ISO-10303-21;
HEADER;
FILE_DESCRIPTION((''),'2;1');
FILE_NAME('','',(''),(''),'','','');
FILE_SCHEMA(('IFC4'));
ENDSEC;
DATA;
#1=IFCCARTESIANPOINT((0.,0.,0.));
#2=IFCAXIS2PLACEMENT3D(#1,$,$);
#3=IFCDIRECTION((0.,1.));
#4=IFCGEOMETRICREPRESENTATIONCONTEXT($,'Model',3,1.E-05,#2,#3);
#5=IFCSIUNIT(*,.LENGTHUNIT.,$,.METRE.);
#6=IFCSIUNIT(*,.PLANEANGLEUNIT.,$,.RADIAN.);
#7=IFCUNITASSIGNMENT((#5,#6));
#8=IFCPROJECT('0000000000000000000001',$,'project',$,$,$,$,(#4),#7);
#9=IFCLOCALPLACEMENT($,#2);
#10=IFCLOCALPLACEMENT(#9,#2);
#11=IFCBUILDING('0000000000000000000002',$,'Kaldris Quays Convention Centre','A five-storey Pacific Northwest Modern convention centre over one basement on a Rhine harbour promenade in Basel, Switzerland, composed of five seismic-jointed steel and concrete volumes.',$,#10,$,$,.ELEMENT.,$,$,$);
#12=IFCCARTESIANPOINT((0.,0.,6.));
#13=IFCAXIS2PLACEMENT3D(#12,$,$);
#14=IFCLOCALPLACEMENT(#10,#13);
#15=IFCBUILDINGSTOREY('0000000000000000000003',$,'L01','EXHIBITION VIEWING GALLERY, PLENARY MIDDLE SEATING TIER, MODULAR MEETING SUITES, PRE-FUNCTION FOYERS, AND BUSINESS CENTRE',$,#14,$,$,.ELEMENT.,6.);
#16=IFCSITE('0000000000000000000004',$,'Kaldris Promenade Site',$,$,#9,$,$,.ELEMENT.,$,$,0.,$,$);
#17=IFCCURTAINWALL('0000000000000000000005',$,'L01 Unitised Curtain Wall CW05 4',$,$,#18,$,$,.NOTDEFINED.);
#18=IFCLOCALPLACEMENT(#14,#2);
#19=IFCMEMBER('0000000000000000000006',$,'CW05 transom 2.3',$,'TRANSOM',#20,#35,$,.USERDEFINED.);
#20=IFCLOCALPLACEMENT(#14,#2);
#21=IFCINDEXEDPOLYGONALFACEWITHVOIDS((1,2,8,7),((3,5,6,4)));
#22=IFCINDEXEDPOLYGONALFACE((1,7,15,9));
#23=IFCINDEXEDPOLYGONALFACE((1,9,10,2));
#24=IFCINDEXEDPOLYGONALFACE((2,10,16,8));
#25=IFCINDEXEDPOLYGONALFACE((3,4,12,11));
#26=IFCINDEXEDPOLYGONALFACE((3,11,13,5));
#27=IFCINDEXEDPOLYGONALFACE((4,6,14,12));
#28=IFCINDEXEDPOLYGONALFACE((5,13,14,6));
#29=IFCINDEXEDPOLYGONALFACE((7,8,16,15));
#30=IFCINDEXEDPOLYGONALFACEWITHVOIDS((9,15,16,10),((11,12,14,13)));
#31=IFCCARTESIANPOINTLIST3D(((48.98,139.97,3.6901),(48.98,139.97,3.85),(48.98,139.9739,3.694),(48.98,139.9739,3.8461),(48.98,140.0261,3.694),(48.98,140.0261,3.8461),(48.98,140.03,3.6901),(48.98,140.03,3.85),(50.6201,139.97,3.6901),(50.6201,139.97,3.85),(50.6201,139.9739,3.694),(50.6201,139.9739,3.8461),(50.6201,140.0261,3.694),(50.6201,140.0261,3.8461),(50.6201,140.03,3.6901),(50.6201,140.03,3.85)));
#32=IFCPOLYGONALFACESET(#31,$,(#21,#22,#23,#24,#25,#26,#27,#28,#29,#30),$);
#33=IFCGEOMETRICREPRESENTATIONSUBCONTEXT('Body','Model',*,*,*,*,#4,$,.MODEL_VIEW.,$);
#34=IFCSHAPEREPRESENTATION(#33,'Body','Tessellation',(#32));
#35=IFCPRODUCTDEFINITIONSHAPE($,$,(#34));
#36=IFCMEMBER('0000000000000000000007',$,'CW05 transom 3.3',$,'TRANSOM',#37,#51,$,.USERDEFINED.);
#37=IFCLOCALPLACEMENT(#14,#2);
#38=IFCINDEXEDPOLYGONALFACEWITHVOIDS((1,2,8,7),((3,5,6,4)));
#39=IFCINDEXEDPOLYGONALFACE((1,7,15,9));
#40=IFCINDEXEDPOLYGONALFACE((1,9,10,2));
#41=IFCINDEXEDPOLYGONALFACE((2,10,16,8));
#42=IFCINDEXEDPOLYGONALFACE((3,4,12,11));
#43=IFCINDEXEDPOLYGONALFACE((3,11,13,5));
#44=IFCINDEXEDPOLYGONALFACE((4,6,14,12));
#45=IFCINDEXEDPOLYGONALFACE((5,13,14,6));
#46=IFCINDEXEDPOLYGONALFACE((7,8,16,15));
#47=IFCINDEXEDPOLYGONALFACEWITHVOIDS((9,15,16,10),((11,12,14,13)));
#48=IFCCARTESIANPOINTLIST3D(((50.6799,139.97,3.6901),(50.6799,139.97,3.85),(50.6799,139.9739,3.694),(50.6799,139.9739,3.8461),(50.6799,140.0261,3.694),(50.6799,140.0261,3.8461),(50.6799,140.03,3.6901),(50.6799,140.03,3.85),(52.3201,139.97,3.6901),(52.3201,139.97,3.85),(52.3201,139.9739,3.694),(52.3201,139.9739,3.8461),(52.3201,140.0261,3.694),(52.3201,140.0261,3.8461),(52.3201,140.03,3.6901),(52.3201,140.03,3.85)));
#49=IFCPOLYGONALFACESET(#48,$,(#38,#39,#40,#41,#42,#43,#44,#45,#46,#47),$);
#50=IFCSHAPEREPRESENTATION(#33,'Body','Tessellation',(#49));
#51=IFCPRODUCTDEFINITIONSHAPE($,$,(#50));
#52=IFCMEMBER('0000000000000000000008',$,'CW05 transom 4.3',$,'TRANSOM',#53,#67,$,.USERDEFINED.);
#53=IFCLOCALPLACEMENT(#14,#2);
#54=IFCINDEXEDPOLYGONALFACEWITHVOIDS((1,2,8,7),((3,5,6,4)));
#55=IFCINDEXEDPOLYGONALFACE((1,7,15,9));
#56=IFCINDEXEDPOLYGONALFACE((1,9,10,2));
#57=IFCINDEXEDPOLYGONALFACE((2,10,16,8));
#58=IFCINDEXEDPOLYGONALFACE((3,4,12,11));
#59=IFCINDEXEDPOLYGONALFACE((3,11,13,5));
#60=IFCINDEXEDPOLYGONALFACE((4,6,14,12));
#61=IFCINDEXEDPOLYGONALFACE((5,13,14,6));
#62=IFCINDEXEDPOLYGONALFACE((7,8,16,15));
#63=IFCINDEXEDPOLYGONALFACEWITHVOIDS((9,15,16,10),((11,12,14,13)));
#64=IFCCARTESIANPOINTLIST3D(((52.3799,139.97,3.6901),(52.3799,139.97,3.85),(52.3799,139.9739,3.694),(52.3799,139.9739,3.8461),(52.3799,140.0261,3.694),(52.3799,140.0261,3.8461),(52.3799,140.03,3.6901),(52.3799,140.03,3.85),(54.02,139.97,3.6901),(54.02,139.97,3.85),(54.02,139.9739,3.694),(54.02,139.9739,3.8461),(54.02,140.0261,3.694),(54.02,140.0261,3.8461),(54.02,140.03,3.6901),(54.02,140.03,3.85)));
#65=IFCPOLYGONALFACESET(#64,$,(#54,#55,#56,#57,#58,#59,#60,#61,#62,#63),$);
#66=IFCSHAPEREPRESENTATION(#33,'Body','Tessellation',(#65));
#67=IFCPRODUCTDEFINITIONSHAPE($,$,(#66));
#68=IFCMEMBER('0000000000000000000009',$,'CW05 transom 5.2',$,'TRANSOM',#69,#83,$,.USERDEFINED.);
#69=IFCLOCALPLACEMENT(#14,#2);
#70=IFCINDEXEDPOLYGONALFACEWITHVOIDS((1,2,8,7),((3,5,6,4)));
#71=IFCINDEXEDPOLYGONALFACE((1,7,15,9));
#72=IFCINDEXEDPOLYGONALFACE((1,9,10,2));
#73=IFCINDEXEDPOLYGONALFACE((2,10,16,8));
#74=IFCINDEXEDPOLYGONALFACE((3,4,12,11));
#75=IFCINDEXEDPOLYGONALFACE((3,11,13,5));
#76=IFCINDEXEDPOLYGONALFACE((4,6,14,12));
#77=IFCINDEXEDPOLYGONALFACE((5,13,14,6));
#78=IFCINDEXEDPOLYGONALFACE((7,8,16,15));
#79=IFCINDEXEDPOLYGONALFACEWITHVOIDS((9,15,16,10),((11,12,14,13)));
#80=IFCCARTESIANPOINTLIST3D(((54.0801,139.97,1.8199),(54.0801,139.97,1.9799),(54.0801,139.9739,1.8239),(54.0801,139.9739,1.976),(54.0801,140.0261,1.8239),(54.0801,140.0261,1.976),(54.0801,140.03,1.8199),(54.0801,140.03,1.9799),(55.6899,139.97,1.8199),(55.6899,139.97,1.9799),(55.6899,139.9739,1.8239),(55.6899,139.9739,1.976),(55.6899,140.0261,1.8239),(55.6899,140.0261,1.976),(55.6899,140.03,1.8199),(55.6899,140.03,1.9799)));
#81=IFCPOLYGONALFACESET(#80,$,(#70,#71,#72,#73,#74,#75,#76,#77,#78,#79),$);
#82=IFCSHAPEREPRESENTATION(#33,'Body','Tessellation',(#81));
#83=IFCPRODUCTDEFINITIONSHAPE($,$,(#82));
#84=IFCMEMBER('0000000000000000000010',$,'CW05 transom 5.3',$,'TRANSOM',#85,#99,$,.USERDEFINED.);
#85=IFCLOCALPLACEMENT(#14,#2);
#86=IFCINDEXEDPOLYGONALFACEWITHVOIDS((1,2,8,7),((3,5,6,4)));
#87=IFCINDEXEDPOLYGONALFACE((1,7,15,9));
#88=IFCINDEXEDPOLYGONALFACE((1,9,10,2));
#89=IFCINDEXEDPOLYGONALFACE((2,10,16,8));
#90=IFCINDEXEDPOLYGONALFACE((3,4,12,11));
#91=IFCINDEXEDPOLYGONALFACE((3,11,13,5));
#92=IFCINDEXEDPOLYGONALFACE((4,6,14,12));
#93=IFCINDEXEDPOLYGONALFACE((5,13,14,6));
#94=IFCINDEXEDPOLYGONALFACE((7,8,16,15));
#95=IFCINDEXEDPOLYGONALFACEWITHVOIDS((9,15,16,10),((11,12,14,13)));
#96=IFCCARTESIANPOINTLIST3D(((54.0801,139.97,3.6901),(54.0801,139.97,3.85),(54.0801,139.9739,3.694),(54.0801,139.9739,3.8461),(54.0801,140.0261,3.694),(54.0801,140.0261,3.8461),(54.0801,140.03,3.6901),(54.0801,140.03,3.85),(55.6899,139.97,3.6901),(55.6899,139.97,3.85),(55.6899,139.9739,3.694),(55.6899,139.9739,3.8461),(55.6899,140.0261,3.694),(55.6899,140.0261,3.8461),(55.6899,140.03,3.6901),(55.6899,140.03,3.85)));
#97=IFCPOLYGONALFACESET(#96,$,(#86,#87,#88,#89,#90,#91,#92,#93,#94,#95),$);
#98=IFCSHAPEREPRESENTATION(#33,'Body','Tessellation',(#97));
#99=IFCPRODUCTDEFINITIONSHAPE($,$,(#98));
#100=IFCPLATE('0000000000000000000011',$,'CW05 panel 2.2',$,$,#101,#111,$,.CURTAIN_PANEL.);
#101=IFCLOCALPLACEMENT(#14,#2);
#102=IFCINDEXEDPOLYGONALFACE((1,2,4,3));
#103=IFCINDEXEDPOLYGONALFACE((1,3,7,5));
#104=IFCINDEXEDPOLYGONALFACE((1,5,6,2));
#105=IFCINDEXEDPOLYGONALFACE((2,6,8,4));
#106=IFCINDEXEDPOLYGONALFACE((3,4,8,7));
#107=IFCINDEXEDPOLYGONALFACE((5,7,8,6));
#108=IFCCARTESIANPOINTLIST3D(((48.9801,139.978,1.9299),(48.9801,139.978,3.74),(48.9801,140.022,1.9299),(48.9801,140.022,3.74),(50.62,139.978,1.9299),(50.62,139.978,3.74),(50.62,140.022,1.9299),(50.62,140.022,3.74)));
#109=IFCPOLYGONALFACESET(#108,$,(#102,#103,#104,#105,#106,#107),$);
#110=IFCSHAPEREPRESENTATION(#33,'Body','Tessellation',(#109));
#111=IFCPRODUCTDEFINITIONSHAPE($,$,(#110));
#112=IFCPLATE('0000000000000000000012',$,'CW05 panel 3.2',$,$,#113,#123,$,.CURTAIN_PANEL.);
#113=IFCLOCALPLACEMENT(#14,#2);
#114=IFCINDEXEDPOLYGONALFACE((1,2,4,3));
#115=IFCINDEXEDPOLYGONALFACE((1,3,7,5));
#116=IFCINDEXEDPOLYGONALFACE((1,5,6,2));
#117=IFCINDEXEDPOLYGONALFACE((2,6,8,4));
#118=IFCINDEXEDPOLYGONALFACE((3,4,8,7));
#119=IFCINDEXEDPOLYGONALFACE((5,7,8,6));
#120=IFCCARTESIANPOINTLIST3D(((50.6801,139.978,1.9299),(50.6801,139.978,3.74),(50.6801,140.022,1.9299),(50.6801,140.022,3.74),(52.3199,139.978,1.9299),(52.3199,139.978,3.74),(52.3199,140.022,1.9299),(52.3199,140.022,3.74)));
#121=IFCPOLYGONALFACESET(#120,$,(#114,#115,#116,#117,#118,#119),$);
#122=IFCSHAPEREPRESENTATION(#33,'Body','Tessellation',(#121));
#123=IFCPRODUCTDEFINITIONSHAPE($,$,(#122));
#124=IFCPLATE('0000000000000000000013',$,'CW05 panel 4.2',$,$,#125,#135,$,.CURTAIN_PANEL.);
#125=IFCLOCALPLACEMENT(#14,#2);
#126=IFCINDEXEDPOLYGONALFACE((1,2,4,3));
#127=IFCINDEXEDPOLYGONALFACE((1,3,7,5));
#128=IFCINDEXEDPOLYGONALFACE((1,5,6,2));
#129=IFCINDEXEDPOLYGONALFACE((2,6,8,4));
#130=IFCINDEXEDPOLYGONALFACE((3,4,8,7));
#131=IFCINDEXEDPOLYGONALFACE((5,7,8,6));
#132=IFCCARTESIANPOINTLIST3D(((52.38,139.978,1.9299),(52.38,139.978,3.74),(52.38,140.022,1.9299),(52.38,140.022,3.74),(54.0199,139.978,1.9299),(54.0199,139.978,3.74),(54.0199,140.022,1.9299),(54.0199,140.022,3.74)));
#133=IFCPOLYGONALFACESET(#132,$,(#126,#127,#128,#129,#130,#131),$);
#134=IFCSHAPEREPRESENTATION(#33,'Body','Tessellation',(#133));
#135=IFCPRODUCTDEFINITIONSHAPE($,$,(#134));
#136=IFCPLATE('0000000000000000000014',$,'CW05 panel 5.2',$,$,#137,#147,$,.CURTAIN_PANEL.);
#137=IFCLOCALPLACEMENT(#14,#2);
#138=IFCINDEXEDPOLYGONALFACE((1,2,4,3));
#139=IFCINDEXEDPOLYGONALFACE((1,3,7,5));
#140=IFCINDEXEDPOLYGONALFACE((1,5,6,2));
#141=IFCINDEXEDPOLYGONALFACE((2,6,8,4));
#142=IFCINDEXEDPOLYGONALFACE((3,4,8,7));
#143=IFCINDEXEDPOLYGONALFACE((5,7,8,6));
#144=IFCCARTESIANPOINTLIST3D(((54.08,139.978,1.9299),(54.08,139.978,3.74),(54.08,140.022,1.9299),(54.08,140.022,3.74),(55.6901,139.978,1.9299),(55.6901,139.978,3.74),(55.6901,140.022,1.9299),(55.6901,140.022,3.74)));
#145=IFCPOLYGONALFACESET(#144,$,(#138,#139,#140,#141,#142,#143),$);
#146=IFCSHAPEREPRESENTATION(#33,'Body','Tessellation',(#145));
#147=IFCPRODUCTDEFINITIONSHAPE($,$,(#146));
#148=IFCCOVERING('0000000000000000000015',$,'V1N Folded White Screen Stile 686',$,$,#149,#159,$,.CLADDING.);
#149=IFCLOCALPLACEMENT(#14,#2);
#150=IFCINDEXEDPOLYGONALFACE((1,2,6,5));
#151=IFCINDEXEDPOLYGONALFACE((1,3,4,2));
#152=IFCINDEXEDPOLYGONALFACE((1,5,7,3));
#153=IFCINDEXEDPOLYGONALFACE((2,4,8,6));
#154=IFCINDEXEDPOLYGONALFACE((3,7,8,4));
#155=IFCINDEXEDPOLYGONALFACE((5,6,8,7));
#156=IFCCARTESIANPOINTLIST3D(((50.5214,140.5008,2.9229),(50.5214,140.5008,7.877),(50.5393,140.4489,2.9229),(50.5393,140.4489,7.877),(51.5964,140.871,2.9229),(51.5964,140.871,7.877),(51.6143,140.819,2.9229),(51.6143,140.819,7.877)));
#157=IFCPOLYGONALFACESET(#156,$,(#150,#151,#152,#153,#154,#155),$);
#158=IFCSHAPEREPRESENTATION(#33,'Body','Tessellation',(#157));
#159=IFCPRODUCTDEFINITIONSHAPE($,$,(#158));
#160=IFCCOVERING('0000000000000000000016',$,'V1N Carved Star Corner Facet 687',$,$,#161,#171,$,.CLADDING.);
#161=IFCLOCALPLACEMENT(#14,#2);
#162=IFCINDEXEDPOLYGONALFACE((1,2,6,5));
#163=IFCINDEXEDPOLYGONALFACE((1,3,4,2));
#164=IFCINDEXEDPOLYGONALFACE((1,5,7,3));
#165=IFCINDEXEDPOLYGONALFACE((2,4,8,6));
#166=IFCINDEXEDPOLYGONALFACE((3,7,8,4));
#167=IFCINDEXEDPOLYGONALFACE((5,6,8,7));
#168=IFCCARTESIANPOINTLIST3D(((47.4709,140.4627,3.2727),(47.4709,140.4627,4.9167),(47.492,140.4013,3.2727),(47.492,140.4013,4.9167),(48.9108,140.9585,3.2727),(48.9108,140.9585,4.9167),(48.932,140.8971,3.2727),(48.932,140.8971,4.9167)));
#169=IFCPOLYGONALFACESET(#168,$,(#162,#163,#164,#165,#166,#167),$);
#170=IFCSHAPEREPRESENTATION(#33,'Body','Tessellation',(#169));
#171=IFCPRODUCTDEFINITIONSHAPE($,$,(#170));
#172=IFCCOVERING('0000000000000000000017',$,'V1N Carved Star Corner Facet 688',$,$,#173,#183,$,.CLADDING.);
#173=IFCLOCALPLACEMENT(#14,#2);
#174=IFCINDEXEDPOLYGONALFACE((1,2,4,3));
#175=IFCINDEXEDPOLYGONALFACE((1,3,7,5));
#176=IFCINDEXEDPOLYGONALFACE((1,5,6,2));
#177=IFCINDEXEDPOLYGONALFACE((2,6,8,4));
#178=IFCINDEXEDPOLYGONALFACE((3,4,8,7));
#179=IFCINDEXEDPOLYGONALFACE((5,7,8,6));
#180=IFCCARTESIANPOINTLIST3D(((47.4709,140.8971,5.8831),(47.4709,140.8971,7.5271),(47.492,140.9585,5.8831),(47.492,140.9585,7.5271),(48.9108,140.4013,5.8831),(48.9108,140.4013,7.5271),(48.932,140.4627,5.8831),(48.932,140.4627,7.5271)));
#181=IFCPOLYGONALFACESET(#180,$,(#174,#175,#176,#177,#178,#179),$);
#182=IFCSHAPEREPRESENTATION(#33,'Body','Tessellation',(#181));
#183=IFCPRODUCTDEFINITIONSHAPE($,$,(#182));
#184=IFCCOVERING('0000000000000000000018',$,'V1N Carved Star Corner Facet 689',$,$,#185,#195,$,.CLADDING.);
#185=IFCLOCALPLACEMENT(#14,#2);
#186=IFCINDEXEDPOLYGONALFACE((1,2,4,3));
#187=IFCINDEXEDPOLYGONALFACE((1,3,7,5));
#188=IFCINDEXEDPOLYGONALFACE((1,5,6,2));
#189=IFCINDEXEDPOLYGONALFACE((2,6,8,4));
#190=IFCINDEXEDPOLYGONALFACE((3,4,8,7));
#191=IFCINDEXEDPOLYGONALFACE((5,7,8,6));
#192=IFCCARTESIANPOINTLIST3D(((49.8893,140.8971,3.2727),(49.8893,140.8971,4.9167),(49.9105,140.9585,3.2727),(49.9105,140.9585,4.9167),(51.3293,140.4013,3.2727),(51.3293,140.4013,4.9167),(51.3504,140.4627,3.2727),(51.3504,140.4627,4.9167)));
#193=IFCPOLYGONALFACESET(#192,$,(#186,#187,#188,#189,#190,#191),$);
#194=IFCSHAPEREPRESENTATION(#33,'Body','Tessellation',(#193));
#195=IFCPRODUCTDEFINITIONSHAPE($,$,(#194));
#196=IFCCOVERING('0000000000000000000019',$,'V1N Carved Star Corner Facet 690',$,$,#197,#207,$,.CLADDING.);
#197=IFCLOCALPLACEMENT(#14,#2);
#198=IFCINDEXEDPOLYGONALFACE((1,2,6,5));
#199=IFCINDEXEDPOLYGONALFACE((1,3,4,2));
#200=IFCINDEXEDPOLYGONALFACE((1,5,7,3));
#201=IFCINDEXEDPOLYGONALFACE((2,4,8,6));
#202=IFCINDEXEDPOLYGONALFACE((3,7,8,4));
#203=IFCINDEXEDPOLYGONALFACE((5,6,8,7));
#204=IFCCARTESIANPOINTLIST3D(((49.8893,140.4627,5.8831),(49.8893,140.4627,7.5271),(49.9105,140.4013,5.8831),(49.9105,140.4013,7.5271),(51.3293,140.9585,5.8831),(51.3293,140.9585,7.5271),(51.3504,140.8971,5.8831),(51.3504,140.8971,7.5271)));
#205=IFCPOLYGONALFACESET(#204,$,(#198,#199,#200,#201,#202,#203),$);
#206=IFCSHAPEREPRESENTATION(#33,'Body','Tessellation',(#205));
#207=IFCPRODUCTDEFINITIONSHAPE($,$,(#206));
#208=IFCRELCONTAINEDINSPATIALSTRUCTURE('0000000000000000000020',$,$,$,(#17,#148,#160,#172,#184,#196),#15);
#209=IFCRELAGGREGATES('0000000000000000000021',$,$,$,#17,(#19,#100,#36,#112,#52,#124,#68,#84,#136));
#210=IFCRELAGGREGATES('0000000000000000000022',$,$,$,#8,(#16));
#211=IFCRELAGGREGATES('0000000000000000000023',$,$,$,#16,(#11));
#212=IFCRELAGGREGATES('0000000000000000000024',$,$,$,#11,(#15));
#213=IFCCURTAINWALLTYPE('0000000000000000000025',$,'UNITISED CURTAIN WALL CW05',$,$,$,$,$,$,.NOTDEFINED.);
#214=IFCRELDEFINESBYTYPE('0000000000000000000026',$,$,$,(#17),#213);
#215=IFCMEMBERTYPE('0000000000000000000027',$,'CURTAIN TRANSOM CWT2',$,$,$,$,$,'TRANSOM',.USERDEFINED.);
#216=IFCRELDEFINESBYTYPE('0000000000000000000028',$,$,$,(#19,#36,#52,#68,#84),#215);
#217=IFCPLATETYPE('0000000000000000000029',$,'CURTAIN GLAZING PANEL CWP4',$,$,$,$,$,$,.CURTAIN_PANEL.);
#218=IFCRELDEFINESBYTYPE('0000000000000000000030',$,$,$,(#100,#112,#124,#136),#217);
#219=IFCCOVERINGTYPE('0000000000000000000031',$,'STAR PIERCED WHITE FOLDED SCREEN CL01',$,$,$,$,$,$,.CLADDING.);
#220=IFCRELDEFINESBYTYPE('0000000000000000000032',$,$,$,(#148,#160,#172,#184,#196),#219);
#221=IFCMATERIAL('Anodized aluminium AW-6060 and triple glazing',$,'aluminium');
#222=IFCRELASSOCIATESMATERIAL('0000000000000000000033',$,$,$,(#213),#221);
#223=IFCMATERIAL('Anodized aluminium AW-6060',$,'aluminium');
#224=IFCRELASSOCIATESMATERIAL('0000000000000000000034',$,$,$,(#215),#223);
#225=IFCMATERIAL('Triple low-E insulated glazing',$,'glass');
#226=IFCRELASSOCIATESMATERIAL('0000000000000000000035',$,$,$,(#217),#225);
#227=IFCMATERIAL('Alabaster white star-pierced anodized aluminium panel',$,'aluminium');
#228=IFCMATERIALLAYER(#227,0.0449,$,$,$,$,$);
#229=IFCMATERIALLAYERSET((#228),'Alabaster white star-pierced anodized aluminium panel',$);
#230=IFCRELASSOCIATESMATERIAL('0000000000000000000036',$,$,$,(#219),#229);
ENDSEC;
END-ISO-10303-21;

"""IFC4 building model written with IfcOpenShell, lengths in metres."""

from ifc_helpers import new_model, si_unit, direction, frame, origin, origin_2d, place, context, subcontext, project, spatial, rectangle, hollow_rectangle, extrude, material, layer, layer_set, material_profile, profile_set, type_object, element, aggregate, save


model = new_model("IFC4")

# Units and contexts
model_context = context("Model", 3, precision=1e-05, world=origin(), true_north=direction((0.0, 1.0)))
body_context = subcontext(model_context, "Body", "Model", "MODEL_VIEW")
ifc_project = project(units=[si_unit("LENGTHUNIT", "METRE"), si_unit("PLANEANGLEUNIT", "RADIAN")], contexts=[model_context])

# Site, building, storey
site_placement = place(None, origin())
site = spatial("IfcSite", under=ifc_project, at=site_placement, Name="Kaldris Promenade Site", CompositionType="ELEMENT", RefElevation=0.0)
building_placement = place(site_placement, origin())
building = spatial("IfcBuilding", under=site, at=building_placement, Name="Kaldris Quays Convention Centre", Description="A five-storey Pacific Northwest Modern convention centre over one basement on a Rhine harbour promenade in Basel, Switzerland, composed of five seismic-jointed steel and concrete volumes.", CompositionType="ELEMENT")
storey_placement = place(building_placement, frame((0.0, 0.0, 6.0)))
storey = spatial("IfcBuildingStorey", under=building, at=storey_placement, Name="L01", Description="EXHIBITION VIEWING GALLERY, PLENARY MIDDLE SEATING TIER, MODULAR MEETING SUITES, PRE-FUNCTION FOYERS, AND BUSINESS CENTRE", CompositionType="ELEMENT", Elevation=6.0)

# Curtain wall, members, plates
ifc_material_1 = material(Name="Anodized aluminium AW-6060 and triple glazing", Category="aluminium")
curtain_wall_type = type_object("IfcCurtainWallType", Name="UNITISED CURTAIN WALL CW05", PredefinedType="NOTDEFINED", material=ifc_material_1)
curtain_wall_placement = place(storey_placement, origin())
curtain_wall = element("IfcCurtainWall", 1, at=curtain_wall_placement, inside=storey, type_object=curtain_wall_type, Name="L01 Unitised Curtain Wall CW05 4", PredefinedType="NOTDEFINED")
ifc_material_2 = material(Name="Anodized aluminium AW-6060", Category="aluminium")
ifc_material_profile = material_profile(ifc_material_2, hollow_rectangle(XDim=0.0601, YDim=0.1599, WallThickness=0.0039, at=origin_2d()), Name="RHS 160x60x4")
ifc_profile_set = profile_set([ifc_material_profile], Name="Anodized aluminium AW-6060")
member_type = type_object("IfcMemberType", Name="CURTAIN TRANSOM CWT2", ElementType="TRANSOM", PredefinedType="USERDEFINED", material=ifc_profile_set)
member_1_placement = place(storey_placement, frame((48.98, 140.0, 3.77), z_axis=(1.0, 0.0, 0.0), x_axis=(0.0, 1.0, 0.0)))
member_1 = element("IfcMember", 2, at=member_1_placement, type_object=member_type, Name="CW05 transom 2.3", ObjectType="TRANSOM", PredefinedType="USERDEFINED", context=body_context, shape_type="SweptSolid", body=[
    extrude(hollow_rectangle(XDim=0.0601, YDim=0.1599, WallThickness=0.0039, at=origin_2d()), origin(), (0.0, 0.0, 1.0), 1.6401),
])
member_2_placement = place(storey_placement, frame((50.6799, 140.0, 3.77), z_axis=(1.0, 0.0, 0.0), x_axis=(0.0, 1.0, 0.0)))
member_2 = element("IfcMember", 3, at=member_2_placement, type_object=member_type, Name="CW05 transom 3.3", ObjectType="TRANSOM", PredefinedType="USERDEFINED", context=body_context, shape_type="SweptSolid", body=[
    extrude(hollow_rectangle(XDim=0.0601, YDim=0.1599, WallThickness=0.0039, at=origin_2d()), origin(), (0.0, 0.0, 1.0), 1.6401),
])
member_3_placement = place(storey_placement, frame((52.3799, 140.0, 3.77), z_axis=(1.0, 0.0, 0.0), x_axis=(0.0, 1.0, 0.0)))
member_3 = element("IfcMember", 4, at=member_3_placement, type_object=member_type, Name="CW05 transom 4.3", ObjectType="TRANSOM", PredefinedType="USERDEFINED", context=body_context, shape_type="SweptSolid", body=[
    extrude(hollow_rectangle(XDim=0.0601, YDim=0.1599, WallThickness=0.0039, at=origin_2d()), origin(), (0.0, 0.0, 1.0), 1.6401),
])
member_4_placement = place(storey_placement, frame((54.0801, 140.0, 1.8999), z_axis=(1.0, 0.0, 0.0), x_axis=(0.0, 1.0, 0.0)))
member_4 = element("IfcMember", 5, at=member_4_placement, type_object=member_type, Name="CW05 transom 5.2", ObjectType="TRANSOM", PredefinedType="USERDEFINED", context=body_context, shape_type="SweptSolid", body=[
    extrude(hollow_rectangle(XDim=0.0601, YDim=0.1599, WallThickness=0.0039, at=origin_2d()), origin(), (0.0, 0.0, 1.0), 1.6099),
])
member_5_placement = place(storey_placement, frame((54.0801, 140.0, 3.77), z_axis=(1.0, 0.0, 0.0), x_axis=(0.0, 1.0, 0.0)))
member_5 = element("IfcMember", 6, at=member_5_placement, type_object=member_type, Name="CW05 transom 5.3", ObjectType="TRANSOM", PredefinedType="USERDEFINED", context=body_context, shape_type="SweptSolid", body=[
    extrude(hollow_rectangle(XDim=0.0601, YDim=0.1599, WallThickness=0.0039, at=origin_2d()), origin(), (0.0, 0.0, 1.0), 1.6099),
])
ifc_material_3 = material(Name="Triple low-E insulated glazing", Category="glass")
plate_type = type_object("IfcPlateType", Name="CURTAIN GLAZING PANEL CWP4", PredefinedType="CURTAIN_PANEL", material=ifc_material_3)
plate_1_placement = place(storey_placement, frame((49.8, 140.0, 1.9299), z_axis=(0.0, 0.0, 1.0), x_axis=(1.0, 0.0, 0.0)))
plate_1 = element("IfcPlate", 7, at=plate_1_placement, type_object=plate_type, Name="CW05 panel 2.2", PredefinedType="CURTAIN_PANEL", context=body_context, shape_type="SweptSolid", body=[
    extrude(rectangle(XDim=1.6399, YDim=0.0439, at=origin_2d()), origin(), (0.0, 0.0, 1.0), 1.8101),
])
plate_2_placement = place(storey_placement, frame((51.5, 140.0, 1.9299), z_axis=(0.0, 0.0, 1.0), x_axis=(1.0, 0.0, 0.0)))
plate_2 = element("IfcPlate", 8, at=plate_2_placement, type_object=plate_type, Name="CW05 panel 3.2", PredefinedType="CURTAIN_PANEL", context=body_context, shape_type="SweptSolid", body=[
    extrude(rectangle(XDim=1.6399, YDim=0.0439, at=origin_2d()), origin(), (0.0, 0.0, 1.0), 1.8101),
])
plate_3_placement = place(storey_placement, frame((53.2, 140.0, 1.9299), z_axis=(0.0, 0.0, 1.0), x_axis=(1.0, 0.0, 0.0)))
plate_3 = element("IfcPlate", 9, at=plate_3_placement, type_object=plate_type, Name="CW05 panel 4.2", PredefinedType="CURTAIN_PANEL", context=body_context, shape_type="SweptSolid", body=[
    extrude(rectangle(XDim=1.6399, YDim=0.0439, at=origin_2d()), origin(), (0.0, 0.0, 1.0), 1.8101),
])
plate_4_placement = place(storey_placement, frame((54.885, 140.0, 1.9299), z_axis=(0.0, 0.0, 1.0), x_axis=(1.0, 0.0, 0.0)))
plate_4 = element("IfcPlate", 10, at=plate_4_placement, type_object=plate_type, Name="CW05 panel 5.2", PredefinedType="CURTAIN_PANEL", context=body_context, shape_type="SweptSolid", body=[
    extrude(rectangle(XDim=1.6101, YDim=0.0439, at=origin_2d()), origin(), (0.0, 0.0, 1.0), 1.8101),
])
aggregate(curtain_wall, [member_1, plate_1, member_2, plate_2, member_3, plate_3, member_4, member_5, plate_4])

# Coverings
ifc_material_4 = material(Name="Alabaster white star-pierced anodized aluminium panel", Category="aluminium")
ifc_layer = layer(ifc_material_4, 0.0449)
ifc_layer_set = layer_set([ifc_layer], Name="Alabaster white star-pierced anodized aluminium panel")
covering_type = type_object("IfcCoveringType", Name="STAR PIERCED WHITE FOLDED SCREEN CL01", PredefinedType="CLADDING", material=ifc_layer_set)
covering_1_placement = place(storey_placement, frame((51.0679, 140.6599, 2.9229), z_axis=(0.0, 0.0, 1.0), x_axis=(0.945519, 0.325568, 0.0)))
element("IfcCovering", 11, at=covering_1_placement, inside=storey, type_object=covering_type, Name="V1N Folded White Screen Stile 686", PredefinedType="CLADDING", context=body_context, shape_type="SweptSolid", body=[
    extrude(rectangle(XDim=1.137, YDim=0.0549, at=origin_2d()), origin(), (0.0, 0.0, 1.0), 4.9541),
])
for number, where, z_axis, x_axis, name in (
    (12, (48.2014, 140.6799, 3.2727), (0.0, 0.0, 1.0), (0.945519, 0.325568, 0.0), "V1N Carved Star Corner Facet 687"),
    (13, (48.2014, 140.6799, 5.8831), (0.0, 0.0, 1.0), (0.945519, -0.325568, 0.0), "V1N Carved Star Corner Facet 688"),
    (14, (50.6199, 140.6799, 3.2727), (0.0, 0.0, 1.0), (0.945519, -0.325568, 0.0), "V1N Carved Star Corner Facet 689"),
    (15, (50.6199, 140.6799, 5.8831), (0.0, 0.0, 1.0), (0.945519, 0.325568, 0.0), "V1N Carved Star Corner Facet 690"),
):
    element("IfcCovering", number, at=place(storey_placement, frame(where, z_axis=z_axis, x_axis=x_axis)), inside=storey, type_object=covering_type, Name=name, PredefinedType="CLADDING", context=body_context, shape_type="SweptSolid", body=[
        extrude(rectangle(XDim=1.5229, YDim=0.0649, at=origin_2d()), origin(), (0.0, 0.0, 1.0), 1.644),
    ])

save(model, "model.ifc")
